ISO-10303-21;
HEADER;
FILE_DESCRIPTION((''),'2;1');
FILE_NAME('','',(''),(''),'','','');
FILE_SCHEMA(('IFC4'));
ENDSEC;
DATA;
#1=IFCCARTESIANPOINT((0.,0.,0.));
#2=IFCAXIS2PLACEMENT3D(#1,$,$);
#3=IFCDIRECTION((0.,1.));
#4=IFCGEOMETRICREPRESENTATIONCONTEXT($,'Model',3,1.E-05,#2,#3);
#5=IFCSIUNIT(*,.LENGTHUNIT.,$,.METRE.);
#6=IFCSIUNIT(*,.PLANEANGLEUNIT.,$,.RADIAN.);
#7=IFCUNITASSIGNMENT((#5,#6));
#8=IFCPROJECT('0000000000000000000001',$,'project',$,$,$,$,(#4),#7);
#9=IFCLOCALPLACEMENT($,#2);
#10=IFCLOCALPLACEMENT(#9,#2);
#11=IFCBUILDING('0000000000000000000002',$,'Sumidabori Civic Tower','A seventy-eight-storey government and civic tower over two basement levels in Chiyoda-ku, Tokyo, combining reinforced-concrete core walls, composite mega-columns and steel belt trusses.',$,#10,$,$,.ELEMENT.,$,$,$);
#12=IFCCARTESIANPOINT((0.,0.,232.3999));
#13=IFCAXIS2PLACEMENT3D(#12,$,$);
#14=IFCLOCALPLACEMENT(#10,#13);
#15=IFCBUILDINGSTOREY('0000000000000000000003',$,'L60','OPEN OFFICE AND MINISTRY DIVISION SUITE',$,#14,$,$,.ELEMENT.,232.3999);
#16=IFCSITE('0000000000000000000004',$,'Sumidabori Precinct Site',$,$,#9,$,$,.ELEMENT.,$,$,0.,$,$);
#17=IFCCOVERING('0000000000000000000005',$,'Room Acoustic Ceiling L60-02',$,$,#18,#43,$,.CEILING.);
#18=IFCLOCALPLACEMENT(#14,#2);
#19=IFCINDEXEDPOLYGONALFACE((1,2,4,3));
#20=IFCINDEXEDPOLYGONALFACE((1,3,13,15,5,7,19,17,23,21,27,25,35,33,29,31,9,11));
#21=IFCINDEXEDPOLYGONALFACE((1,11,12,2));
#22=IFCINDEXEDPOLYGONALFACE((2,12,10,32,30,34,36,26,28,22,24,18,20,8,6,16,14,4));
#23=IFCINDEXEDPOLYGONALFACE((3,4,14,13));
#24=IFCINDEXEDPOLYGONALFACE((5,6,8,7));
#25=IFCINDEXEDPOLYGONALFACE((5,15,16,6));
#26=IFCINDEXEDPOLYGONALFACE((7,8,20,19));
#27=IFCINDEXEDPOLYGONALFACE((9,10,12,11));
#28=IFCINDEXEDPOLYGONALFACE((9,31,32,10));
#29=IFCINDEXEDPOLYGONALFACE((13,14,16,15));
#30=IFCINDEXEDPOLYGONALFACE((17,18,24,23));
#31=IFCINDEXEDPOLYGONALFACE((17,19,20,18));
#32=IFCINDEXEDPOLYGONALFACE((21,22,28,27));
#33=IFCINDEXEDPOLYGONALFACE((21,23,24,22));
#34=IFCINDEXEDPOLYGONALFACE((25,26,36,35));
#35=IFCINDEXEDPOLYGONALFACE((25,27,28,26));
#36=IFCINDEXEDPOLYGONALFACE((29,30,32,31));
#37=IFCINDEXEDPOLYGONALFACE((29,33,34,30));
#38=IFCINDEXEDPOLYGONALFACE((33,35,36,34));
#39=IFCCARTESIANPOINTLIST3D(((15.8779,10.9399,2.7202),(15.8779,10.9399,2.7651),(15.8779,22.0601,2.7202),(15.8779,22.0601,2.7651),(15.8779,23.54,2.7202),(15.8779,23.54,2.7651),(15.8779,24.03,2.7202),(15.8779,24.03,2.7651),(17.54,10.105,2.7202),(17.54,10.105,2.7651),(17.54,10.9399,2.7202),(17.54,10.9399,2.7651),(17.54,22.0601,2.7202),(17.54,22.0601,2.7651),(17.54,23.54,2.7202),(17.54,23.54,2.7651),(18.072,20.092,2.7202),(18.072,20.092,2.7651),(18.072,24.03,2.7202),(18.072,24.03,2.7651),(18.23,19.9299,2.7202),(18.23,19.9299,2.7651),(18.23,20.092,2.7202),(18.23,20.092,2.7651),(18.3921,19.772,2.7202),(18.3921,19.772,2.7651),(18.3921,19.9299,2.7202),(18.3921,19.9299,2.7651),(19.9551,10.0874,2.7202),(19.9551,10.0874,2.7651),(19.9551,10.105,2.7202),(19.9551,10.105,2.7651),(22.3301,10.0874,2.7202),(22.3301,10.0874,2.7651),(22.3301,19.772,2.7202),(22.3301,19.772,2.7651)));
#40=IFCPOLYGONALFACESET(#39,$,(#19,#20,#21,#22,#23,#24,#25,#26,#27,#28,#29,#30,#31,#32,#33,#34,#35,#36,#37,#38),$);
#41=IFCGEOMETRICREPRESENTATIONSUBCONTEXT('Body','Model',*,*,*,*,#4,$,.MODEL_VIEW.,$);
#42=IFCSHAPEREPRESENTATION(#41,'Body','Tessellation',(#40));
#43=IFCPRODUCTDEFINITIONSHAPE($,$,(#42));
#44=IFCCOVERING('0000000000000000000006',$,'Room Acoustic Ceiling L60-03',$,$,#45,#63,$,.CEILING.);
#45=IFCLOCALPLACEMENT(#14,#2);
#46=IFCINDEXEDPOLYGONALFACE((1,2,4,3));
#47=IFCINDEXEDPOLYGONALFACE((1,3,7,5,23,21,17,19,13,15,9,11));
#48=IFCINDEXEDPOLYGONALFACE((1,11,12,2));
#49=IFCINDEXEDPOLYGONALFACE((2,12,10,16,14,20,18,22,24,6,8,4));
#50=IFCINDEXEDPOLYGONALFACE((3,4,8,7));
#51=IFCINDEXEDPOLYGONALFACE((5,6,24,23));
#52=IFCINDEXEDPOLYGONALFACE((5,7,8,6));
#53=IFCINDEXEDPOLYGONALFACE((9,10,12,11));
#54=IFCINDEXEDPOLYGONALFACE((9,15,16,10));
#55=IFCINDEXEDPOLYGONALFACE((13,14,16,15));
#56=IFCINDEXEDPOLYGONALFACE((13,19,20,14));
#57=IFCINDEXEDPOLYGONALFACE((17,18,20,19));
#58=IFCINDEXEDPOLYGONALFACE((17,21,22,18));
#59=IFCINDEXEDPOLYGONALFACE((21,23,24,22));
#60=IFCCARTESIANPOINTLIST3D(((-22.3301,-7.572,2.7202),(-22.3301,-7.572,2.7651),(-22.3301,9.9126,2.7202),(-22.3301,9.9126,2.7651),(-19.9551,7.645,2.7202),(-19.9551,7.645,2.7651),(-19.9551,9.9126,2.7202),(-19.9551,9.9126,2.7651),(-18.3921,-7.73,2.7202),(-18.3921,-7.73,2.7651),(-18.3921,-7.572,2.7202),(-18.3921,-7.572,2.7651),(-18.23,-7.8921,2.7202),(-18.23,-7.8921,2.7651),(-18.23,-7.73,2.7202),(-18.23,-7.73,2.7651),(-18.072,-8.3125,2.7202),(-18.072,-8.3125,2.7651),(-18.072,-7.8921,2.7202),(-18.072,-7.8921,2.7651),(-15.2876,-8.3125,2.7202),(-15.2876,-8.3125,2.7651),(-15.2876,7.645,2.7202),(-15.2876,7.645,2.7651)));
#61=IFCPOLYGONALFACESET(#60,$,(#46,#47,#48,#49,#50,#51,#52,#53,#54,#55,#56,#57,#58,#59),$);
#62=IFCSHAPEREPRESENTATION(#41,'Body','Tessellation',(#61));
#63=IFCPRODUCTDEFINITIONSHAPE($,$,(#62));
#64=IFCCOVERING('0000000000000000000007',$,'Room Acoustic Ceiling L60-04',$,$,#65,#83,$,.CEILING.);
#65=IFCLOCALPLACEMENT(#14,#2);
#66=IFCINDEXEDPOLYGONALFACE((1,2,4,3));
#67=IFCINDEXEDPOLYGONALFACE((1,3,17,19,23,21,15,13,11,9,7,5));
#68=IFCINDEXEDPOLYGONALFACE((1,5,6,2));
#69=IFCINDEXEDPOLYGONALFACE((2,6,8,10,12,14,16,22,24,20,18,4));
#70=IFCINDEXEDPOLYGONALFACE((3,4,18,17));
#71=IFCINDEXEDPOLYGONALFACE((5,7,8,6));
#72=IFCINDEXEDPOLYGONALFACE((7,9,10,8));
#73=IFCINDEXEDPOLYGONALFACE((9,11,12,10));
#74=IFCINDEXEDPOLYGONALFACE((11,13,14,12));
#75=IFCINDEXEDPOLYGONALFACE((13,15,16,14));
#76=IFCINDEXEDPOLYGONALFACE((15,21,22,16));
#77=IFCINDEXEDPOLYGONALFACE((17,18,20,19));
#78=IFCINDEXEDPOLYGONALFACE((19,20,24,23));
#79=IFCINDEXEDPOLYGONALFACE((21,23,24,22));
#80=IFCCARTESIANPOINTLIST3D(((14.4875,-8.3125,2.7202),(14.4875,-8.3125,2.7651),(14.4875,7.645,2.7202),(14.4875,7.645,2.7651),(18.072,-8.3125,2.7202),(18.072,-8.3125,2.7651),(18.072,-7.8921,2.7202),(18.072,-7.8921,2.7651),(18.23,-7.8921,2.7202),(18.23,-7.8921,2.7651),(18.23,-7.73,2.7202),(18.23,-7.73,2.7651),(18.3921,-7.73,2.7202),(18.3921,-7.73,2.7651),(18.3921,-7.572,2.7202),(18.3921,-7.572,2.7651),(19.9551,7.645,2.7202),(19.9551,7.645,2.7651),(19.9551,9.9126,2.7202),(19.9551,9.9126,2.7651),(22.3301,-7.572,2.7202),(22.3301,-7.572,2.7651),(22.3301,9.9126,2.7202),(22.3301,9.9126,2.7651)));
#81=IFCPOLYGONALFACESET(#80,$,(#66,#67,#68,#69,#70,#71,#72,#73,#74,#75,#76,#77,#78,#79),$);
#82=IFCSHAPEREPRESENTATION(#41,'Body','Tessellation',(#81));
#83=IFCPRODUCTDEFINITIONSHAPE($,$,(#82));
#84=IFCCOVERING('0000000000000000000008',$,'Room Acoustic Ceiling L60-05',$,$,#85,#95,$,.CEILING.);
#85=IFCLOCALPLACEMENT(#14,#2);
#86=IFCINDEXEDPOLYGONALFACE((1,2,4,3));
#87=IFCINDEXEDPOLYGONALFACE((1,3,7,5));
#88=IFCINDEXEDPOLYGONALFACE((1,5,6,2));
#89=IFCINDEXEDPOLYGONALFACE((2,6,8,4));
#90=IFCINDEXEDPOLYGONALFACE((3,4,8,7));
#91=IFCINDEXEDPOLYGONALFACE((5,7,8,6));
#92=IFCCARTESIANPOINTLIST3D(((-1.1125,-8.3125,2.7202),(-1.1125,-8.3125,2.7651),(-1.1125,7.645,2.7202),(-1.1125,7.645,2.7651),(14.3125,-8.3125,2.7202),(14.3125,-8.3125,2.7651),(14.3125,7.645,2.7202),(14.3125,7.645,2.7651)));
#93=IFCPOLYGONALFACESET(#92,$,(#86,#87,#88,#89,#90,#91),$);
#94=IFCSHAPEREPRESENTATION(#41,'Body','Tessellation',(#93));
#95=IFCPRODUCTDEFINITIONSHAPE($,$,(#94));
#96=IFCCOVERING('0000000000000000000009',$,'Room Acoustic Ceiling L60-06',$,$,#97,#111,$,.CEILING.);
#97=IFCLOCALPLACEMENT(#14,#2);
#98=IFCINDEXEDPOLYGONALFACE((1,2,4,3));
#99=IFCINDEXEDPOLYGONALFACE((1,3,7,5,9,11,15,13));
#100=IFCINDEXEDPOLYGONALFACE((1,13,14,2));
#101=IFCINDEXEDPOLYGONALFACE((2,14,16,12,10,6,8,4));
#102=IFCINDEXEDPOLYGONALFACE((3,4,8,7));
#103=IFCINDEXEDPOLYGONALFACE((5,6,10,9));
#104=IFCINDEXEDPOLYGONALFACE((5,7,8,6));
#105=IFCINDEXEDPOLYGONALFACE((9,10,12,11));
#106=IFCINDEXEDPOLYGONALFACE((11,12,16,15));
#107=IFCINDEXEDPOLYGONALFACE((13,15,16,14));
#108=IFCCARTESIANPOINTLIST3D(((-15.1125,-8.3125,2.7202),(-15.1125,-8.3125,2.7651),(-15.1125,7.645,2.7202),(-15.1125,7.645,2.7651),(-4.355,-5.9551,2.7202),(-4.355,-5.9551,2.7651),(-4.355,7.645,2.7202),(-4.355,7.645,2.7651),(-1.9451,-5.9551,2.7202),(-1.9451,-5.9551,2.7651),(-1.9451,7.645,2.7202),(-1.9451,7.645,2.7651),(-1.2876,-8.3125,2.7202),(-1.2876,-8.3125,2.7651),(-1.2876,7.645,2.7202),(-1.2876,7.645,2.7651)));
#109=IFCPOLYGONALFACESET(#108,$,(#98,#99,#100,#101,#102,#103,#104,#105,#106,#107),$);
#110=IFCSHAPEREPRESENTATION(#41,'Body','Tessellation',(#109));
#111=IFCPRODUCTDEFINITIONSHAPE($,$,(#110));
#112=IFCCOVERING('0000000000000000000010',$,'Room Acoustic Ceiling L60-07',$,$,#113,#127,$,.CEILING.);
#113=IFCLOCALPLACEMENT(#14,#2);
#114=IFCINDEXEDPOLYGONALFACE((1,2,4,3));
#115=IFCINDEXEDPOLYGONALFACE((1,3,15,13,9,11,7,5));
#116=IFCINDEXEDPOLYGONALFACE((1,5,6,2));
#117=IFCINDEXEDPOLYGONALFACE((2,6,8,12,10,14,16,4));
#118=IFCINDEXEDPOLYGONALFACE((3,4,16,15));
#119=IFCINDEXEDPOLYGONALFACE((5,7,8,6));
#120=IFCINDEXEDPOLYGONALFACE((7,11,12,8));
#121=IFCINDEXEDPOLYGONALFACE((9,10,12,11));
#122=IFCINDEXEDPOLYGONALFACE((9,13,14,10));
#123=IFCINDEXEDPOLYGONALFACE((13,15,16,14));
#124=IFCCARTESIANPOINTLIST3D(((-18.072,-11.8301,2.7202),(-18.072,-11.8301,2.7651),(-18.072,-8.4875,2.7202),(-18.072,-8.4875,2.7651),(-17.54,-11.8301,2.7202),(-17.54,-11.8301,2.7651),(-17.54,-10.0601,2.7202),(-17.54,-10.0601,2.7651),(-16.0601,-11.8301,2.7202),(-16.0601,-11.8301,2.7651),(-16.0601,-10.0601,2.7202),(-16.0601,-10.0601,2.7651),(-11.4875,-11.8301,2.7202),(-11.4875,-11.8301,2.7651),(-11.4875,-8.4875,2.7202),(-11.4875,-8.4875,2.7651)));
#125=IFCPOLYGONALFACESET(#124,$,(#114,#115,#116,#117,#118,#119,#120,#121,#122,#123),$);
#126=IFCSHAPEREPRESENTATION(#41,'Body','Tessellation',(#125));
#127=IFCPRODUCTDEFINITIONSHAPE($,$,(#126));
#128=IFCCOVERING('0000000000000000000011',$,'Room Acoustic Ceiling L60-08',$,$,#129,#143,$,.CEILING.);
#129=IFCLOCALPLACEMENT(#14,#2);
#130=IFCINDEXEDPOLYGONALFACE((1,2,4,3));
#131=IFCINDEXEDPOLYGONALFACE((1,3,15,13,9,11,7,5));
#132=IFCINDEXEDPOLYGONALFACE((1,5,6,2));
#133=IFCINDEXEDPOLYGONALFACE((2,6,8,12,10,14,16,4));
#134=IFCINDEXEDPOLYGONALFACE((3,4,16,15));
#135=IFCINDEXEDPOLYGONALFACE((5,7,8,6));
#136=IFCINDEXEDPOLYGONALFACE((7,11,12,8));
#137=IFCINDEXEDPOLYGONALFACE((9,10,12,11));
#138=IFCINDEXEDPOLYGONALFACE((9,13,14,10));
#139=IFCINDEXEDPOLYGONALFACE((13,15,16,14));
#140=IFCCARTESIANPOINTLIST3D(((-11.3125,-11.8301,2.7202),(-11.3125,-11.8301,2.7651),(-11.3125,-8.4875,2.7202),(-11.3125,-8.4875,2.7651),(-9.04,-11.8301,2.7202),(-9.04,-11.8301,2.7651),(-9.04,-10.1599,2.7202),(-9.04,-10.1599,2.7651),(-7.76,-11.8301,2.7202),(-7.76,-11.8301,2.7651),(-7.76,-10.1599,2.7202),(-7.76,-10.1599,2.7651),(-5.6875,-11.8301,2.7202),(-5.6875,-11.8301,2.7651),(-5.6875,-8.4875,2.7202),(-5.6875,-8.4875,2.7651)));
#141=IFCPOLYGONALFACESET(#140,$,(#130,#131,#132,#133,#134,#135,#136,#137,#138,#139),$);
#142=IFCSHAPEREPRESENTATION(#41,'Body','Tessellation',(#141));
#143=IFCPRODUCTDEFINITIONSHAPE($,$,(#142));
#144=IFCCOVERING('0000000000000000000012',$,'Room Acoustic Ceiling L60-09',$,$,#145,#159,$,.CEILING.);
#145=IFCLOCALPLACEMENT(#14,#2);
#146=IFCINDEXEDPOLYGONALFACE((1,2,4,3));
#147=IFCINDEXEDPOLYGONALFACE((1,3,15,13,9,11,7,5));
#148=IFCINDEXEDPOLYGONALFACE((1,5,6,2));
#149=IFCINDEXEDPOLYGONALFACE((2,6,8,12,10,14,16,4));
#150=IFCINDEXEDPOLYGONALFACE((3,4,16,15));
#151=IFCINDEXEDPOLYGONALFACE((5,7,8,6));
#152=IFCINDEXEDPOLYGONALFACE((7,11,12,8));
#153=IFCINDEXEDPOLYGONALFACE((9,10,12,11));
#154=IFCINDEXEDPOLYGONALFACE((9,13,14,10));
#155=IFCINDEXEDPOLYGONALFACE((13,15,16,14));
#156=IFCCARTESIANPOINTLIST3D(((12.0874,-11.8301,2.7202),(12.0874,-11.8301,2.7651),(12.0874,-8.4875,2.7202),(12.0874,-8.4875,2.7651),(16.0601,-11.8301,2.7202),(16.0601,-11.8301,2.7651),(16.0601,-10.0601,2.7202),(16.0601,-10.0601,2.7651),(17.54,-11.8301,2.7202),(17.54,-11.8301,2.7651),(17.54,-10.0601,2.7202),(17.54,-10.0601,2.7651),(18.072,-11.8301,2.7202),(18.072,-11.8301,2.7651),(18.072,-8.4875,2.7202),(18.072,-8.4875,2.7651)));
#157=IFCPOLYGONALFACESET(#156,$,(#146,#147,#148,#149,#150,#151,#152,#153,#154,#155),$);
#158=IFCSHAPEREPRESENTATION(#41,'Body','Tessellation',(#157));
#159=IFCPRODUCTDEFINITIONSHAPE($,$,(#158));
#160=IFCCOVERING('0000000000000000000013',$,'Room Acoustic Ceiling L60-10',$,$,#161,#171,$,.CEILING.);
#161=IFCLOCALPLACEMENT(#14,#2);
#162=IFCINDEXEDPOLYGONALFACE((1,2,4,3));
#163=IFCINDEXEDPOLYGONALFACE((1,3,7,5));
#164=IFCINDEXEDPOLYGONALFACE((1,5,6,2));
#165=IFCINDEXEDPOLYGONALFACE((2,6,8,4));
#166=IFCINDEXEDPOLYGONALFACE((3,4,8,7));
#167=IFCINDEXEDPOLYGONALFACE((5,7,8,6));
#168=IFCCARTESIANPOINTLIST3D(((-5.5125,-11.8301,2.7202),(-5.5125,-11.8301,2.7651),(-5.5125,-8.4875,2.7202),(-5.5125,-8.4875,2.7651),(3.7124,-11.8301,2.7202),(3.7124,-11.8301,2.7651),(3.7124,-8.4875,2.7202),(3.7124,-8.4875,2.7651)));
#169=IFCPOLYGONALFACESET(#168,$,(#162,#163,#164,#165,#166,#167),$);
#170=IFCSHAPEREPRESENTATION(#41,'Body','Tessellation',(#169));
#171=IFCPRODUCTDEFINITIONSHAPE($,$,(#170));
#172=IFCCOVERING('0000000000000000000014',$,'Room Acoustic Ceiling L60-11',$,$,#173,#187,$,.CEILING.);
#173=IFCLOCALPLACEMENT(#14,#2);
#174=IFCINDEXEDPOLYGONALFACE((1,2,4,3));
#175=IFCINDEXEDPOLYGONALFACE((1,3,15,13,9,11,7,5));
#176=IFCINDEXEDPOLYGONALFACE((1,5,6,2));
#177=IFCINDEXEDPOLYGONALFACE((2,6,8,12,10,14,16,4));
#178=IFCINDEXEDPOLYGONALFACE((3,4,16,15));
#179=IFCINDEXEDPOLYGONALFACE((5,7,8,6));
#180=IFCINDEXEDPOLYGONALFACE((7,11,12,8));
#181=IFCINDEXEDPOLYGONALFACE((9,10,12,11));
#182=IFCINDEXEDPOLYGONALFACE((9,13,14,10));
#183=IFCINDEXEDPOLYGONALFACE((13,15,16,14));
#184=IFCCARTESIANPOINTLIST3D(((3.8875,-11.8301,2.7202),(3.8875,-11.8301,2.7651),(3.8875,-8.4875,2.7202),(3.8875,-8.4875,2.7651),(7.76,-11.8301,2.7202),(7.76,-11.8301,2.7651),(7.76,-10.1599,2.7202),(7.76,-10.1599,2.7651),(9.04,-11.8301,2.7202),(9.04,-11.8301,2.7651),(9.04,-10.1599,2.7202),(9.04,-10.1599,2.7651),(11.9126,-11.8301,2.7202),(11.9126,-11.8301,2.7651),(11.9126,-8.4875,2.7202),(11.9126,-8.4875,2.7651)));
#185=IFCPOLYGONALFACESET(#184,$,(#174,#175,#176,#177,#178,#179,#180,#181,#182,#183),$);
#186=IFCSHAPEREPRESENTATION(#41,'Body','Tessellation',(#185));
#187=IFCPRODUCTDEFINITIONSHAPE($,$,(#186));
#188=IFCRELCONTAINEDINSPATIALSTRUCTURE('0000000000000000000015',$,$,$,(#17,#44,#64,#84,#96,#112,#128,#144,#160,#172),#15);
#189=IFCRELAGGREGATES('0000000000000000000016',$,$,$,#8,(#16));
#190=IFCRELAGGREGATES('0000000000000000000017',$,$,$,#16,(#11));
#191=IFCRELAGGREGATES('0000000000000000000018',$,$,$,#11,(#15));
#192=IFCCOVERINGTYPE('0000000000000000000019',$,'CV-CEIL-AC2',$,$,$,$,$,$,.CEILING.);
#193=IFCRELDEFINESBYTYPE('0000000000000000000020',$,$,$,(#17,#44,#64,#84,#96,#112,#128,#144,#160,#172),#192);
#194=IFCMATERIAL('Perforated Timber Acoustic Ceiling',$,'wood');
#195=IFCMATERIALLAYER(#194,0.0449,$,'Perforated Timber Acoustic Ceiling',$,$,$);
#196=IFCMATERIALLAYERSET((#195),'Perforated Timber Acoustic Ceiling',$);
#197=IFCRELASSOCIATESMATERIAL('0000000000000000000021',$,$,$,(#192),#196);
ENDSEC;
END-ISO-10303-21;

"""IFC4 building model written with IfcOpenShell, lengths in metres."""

from ifc_helpers import new_model, si_unit, direction, frame, origin, place, context, subcontext, project, spatial, polyline, outline, extrude, material, layer, layer_set, type_object, element, save


model = new_model("IFC4")

# Units and contexts
model_context = context("Model", 3, precision=1e-05, world=origin(), true_north=direction((0.0, 1.0)))
body_context = subcontext(model_context, "Body", "Model", "MODEL_VIEW")
ifc_project = project(units=[si_unit("LENGTHUNIT", "METRE"), si_unit("PLANEANGLEUNIT", "RADIAN")], contexts=[model_context])

# Site, building, storey
site_placement = place(None, origin())
site = spatial("IfcSite", under=ifc_project, at=site_placement, Name="Sumidabori Precinct Site", CompositionType="ELEMENT", RefElevation=0.0)
building_placement = place(site_placement, origin())
building = spatial("IfcBuilding", under=site, at=building_placement, Name="Sumidabori Civic Tower", Description="A seventy-eight-storey government and civic tower over two basement levels in Chiyoda-ku, Tokyo, combining reinforced-concrete core walls, composite mega-columns and steel belt trusses.", CompositionType="ELEMENT")
storey_placement = place(building_placement, frame((0.0, 0.0, 232.3999)))
storey = spatial("IfcBuildingStorey", under=building, at=storey_placement, Name="L60", Description="OPEN OFFICE AND MINISTRY DIVISION SUITE", CompositionType="ELEMENT", Elevation=232.3999)

# Coverings
ifc_material_1 = material(Name="Perforated Timber Acoustic Ceiling", Category="wood")
ifc_layer_1 = layer(ifc_material_1, 0.0449, Name="Perforated Timber Acoustic Ceiling")
ifc_layer_set_1 = layer_set([ifc_layer_1], Name="Perforated Timber Acoustic Ceiling")
covering_type_1 = type_object("IfcCoveringType", Name="CV-CEIL-AC2", PredefinedType="CEILING", material=ifc_layer_set_1)
covering_1_placement = place(storey_placement, frame((0.0, 0.0, 2.7202)))
element("IfcCovering", 1, at=covering_1_placement, inside=storey, type_object=covering_type_1, Name="Room Acoustic Ceiling L60-02", PredefinedType="CEILING", context=body_context, shape_type="SweptSolid", body=[
    extrude(outline(polyline([(17.54, 22.0601), (17.54, 23.54), (15.8779, 23.54), (15.8779, 24.03), (18.072, 24.03), (18.072, 20.092), (18.23, 20.092), (18.23, 19.9299), (18.3921, 19.9299), (18.3921, 19.772), (22.3301, 19.772), (22.3301, 10.0874), (19.9551, 10.0874), (19.9551, 10.105), (17.54, 10.105), (17.54, 10.9399), (15.8779, 10.9399), (15.8779, 22.0601), (17.54, 22.0601)])), origin(), (0.0, 0.0, 1.0), 0.0449),
])
covering_2_placement = place(storey_placement, frame((0.0, 0.0, 2.7202)))
element("IfcCovering", 2, at=covering_2_placement, inside=storey, type_object=covering_type_1, Name="Room Acoustic Ceiling L60-03", PredefinedType="CEILING", context=body_context, shape_type="SweptSolid", body=[
    extrude(outline(polyline([(-22.3301, -7.572), (-22.3301, 9.9126), (-19.9551, 9.9126), (-19.9551, 7.645), (-15.2876, 7.645), (-15.2876, -8.3125), (-18.072, -8.3125), (-18.072, -7.8921), (-18.23, -7.8921), (-18.23, -7.73), (-18.3921, -7.73), (-18.3921, -7.572), (-22.3301, -7.572)])), origin(), (0.0, 0.0, 1.0), 0.0449),
])
covering_3_placement = place(storey_placement, frame((0.0, 0.0, 2.7202)))
element("IfcCovering", 3, at=covering_3_placement, inside=storey, type_object=covering_type_1, Name="Room Acoustic Ceiling L60-04", PredefinedType="CEILING", context=body_context, shape_type="SweptSolid", body=[
    extrude(outline(polyline([(18.072, -8.3125), (14.4875, -8.3125), (14.4875, 7.645), (19.9551, 7.645), (19.9551, 9.9126), (22.3301, 9.9126), (22.3301, -7.572), (18.3921, -7.572), (18.3921, -7.73), (18.23, -7.73), (18.23, -7.8921), (18.072, -7.8921), (18.072, -8.3125)])), origin(), (0.0, 0.0, 1.0), 0.0449),
])
covering_4_placement = place(storey_placement, frame((0.0, 0.0, 2.7202)))
element("IfcCovering", 4, at=covering_4_placement, inside=storey, type_object=covering_type_1, Name="Room Acoustic Ceiling L60-05", PredefinedType="CEILING", context=body_context, shape_type="SweptSolid", body=[
    extrude(outline(polyline([(-1.1125, -8.3125), (-1.1125, 7.645), (14.3125, 7.645), (14.3125, -8.3125), (-1.1125, -8.3125)])), origin(), (0.0, 0.0, 1.0), 0.0449),
])
covering_5_placement = place(storey_placement, frame((0.0, 0.0, 2.7202)))
element("IfcCovering", 5, at=covering_5_placement, inside=storey, type_object=covering_type_1, Name="Room Acoustic Ceiling L60-06", PredefinedType="CEILING", context=body_context, shape_type="SweptSolid", body=[
    extrude(outline(polyline([(-15.1125, -8.3125), (-15.1125, 7.645), (-4.355, 7.645), (-4.355, -5.9551), (-1.9451, -5.9551), (-1.9451, 7.645), (-1.2876, 7.645), (-1.2876, -8.3125), (-15.1125, -8.3125)])), origin(), (0.0, 0.0, 1.0), 0.0449),
])
covering_6_placement = place(storey_placement, frame((0.0, 0.0, 2.7202)))
element("IfcCovering", 6, at=covering_6_placement, inside=storey, type_object=covering_type_1, Name="Room Acoustic Ceiling L60-07", PredefinedType="CEILING", context=body_context, shape_type="SweptSolid", body=[
    extrude(outline(polyline([(-11.4875, -8.4875), (-11.4875, -11.8301), (-16.0601, -11.8301), (-16.0601, -10.0601), (-17.54, -10.0601), (-17.54, -11.8301), (-18.072, -11.8301), (-18.072, -8.4875), (-11.4875, -8.4875)])), origin(), (0.0, 0.0, 1.0), 0.0449),
])
covering_7_placement = place(storey_placement, frame((0.0, 0.0, 2.7202)))
element("IfcCovering", 7, at=covering_7_placement, inside=storey, type_object=covering_type_1, Name="Room Acoustic Ceiling L60-08", PredefinedType="CEILING", context=body_context, shape_type="SweptSolid", body=[
    extrude(outline(polyline([(-5.6875, -8.4875), (-5.6875, -11.8301), (-7.76, -11.8301), (-7.76, -10.1599), (-9.04, -10.1599), (-9.04, -11.8301), (-11.3125, -11.8301), (-11.3125, -8.4875), (-5.6875, -8.4875)])), origin(), (0.0, 0.0, 1.0), 0.0449),
])
covering_8_placement = place(storey_placement, frame((0.0, 0.0, 2.7202)))
element("IfcCovering", 8, at=covering_8_placement, inside=storey, type_object=covering_type_1, Name="Room Acoustic Ceiling L60-09", PredefinedType="CEILING", context=body_context, shape_type="SweptSolid", body=[
    extrude(outline(polyline([(18.072, -8.4875), (18.072, -11.8301), (17.54, -11.8301), (17.54, -10.0601), (16.0601, -10.0601), (16.0601, -11.8301), (12.0874, -11.8301), (12.0874, -8.4875), (18.072, -8.4875)])), origin(), (0.0, 0.0, 1.0), 0.0449),
])
covering_9_placement = place(storey_placement, frame((0.0, 0.0, 2.7202)))
element("IfcCovering", 9, at=covering_9_placement, inside=storey, type_object=covering_type_1, Name="Room Acoustic Ceiling L60-10", PredefinedType="CEILING", context=body_context, shape_type="SweptSolid", body=[
    extrude(outline(polyline([(3.7124, -8.4875), (3.7124, -11.8301), (-5.5125, -11.8301), (-5.5125, -8.4875), (3.7124, -8.4875)])), origin(), (0.0, 0.0, 1.0), 0.0449),
])
covering_10_placement = place(storey_placement, frame((0.0, 0.0, 2.7202)))
element("IfcCovering", 10, at=covering_10_placement, inside=storey, type_object=covering_type_1, Name="Room Acoustic Ceiling L60-11", PredefinedType="CEILING", context=body_context, shape_type="SweptSolid", body=[
    extrude(outline(polyline([(11.9126, -8.4875), (11.9126, -11.8301), (9.04, -11.8301), (9.04, -10.1599), (7.76, -10.1599), (7.76, -11.8301), (3.8875, -11.8301), (3.8875, -8.4875), (11.9126, -8.4875)])), origin(), (0.0, 0.0, 1.0), 0.0449),
])

save(model, "model.ifc")
